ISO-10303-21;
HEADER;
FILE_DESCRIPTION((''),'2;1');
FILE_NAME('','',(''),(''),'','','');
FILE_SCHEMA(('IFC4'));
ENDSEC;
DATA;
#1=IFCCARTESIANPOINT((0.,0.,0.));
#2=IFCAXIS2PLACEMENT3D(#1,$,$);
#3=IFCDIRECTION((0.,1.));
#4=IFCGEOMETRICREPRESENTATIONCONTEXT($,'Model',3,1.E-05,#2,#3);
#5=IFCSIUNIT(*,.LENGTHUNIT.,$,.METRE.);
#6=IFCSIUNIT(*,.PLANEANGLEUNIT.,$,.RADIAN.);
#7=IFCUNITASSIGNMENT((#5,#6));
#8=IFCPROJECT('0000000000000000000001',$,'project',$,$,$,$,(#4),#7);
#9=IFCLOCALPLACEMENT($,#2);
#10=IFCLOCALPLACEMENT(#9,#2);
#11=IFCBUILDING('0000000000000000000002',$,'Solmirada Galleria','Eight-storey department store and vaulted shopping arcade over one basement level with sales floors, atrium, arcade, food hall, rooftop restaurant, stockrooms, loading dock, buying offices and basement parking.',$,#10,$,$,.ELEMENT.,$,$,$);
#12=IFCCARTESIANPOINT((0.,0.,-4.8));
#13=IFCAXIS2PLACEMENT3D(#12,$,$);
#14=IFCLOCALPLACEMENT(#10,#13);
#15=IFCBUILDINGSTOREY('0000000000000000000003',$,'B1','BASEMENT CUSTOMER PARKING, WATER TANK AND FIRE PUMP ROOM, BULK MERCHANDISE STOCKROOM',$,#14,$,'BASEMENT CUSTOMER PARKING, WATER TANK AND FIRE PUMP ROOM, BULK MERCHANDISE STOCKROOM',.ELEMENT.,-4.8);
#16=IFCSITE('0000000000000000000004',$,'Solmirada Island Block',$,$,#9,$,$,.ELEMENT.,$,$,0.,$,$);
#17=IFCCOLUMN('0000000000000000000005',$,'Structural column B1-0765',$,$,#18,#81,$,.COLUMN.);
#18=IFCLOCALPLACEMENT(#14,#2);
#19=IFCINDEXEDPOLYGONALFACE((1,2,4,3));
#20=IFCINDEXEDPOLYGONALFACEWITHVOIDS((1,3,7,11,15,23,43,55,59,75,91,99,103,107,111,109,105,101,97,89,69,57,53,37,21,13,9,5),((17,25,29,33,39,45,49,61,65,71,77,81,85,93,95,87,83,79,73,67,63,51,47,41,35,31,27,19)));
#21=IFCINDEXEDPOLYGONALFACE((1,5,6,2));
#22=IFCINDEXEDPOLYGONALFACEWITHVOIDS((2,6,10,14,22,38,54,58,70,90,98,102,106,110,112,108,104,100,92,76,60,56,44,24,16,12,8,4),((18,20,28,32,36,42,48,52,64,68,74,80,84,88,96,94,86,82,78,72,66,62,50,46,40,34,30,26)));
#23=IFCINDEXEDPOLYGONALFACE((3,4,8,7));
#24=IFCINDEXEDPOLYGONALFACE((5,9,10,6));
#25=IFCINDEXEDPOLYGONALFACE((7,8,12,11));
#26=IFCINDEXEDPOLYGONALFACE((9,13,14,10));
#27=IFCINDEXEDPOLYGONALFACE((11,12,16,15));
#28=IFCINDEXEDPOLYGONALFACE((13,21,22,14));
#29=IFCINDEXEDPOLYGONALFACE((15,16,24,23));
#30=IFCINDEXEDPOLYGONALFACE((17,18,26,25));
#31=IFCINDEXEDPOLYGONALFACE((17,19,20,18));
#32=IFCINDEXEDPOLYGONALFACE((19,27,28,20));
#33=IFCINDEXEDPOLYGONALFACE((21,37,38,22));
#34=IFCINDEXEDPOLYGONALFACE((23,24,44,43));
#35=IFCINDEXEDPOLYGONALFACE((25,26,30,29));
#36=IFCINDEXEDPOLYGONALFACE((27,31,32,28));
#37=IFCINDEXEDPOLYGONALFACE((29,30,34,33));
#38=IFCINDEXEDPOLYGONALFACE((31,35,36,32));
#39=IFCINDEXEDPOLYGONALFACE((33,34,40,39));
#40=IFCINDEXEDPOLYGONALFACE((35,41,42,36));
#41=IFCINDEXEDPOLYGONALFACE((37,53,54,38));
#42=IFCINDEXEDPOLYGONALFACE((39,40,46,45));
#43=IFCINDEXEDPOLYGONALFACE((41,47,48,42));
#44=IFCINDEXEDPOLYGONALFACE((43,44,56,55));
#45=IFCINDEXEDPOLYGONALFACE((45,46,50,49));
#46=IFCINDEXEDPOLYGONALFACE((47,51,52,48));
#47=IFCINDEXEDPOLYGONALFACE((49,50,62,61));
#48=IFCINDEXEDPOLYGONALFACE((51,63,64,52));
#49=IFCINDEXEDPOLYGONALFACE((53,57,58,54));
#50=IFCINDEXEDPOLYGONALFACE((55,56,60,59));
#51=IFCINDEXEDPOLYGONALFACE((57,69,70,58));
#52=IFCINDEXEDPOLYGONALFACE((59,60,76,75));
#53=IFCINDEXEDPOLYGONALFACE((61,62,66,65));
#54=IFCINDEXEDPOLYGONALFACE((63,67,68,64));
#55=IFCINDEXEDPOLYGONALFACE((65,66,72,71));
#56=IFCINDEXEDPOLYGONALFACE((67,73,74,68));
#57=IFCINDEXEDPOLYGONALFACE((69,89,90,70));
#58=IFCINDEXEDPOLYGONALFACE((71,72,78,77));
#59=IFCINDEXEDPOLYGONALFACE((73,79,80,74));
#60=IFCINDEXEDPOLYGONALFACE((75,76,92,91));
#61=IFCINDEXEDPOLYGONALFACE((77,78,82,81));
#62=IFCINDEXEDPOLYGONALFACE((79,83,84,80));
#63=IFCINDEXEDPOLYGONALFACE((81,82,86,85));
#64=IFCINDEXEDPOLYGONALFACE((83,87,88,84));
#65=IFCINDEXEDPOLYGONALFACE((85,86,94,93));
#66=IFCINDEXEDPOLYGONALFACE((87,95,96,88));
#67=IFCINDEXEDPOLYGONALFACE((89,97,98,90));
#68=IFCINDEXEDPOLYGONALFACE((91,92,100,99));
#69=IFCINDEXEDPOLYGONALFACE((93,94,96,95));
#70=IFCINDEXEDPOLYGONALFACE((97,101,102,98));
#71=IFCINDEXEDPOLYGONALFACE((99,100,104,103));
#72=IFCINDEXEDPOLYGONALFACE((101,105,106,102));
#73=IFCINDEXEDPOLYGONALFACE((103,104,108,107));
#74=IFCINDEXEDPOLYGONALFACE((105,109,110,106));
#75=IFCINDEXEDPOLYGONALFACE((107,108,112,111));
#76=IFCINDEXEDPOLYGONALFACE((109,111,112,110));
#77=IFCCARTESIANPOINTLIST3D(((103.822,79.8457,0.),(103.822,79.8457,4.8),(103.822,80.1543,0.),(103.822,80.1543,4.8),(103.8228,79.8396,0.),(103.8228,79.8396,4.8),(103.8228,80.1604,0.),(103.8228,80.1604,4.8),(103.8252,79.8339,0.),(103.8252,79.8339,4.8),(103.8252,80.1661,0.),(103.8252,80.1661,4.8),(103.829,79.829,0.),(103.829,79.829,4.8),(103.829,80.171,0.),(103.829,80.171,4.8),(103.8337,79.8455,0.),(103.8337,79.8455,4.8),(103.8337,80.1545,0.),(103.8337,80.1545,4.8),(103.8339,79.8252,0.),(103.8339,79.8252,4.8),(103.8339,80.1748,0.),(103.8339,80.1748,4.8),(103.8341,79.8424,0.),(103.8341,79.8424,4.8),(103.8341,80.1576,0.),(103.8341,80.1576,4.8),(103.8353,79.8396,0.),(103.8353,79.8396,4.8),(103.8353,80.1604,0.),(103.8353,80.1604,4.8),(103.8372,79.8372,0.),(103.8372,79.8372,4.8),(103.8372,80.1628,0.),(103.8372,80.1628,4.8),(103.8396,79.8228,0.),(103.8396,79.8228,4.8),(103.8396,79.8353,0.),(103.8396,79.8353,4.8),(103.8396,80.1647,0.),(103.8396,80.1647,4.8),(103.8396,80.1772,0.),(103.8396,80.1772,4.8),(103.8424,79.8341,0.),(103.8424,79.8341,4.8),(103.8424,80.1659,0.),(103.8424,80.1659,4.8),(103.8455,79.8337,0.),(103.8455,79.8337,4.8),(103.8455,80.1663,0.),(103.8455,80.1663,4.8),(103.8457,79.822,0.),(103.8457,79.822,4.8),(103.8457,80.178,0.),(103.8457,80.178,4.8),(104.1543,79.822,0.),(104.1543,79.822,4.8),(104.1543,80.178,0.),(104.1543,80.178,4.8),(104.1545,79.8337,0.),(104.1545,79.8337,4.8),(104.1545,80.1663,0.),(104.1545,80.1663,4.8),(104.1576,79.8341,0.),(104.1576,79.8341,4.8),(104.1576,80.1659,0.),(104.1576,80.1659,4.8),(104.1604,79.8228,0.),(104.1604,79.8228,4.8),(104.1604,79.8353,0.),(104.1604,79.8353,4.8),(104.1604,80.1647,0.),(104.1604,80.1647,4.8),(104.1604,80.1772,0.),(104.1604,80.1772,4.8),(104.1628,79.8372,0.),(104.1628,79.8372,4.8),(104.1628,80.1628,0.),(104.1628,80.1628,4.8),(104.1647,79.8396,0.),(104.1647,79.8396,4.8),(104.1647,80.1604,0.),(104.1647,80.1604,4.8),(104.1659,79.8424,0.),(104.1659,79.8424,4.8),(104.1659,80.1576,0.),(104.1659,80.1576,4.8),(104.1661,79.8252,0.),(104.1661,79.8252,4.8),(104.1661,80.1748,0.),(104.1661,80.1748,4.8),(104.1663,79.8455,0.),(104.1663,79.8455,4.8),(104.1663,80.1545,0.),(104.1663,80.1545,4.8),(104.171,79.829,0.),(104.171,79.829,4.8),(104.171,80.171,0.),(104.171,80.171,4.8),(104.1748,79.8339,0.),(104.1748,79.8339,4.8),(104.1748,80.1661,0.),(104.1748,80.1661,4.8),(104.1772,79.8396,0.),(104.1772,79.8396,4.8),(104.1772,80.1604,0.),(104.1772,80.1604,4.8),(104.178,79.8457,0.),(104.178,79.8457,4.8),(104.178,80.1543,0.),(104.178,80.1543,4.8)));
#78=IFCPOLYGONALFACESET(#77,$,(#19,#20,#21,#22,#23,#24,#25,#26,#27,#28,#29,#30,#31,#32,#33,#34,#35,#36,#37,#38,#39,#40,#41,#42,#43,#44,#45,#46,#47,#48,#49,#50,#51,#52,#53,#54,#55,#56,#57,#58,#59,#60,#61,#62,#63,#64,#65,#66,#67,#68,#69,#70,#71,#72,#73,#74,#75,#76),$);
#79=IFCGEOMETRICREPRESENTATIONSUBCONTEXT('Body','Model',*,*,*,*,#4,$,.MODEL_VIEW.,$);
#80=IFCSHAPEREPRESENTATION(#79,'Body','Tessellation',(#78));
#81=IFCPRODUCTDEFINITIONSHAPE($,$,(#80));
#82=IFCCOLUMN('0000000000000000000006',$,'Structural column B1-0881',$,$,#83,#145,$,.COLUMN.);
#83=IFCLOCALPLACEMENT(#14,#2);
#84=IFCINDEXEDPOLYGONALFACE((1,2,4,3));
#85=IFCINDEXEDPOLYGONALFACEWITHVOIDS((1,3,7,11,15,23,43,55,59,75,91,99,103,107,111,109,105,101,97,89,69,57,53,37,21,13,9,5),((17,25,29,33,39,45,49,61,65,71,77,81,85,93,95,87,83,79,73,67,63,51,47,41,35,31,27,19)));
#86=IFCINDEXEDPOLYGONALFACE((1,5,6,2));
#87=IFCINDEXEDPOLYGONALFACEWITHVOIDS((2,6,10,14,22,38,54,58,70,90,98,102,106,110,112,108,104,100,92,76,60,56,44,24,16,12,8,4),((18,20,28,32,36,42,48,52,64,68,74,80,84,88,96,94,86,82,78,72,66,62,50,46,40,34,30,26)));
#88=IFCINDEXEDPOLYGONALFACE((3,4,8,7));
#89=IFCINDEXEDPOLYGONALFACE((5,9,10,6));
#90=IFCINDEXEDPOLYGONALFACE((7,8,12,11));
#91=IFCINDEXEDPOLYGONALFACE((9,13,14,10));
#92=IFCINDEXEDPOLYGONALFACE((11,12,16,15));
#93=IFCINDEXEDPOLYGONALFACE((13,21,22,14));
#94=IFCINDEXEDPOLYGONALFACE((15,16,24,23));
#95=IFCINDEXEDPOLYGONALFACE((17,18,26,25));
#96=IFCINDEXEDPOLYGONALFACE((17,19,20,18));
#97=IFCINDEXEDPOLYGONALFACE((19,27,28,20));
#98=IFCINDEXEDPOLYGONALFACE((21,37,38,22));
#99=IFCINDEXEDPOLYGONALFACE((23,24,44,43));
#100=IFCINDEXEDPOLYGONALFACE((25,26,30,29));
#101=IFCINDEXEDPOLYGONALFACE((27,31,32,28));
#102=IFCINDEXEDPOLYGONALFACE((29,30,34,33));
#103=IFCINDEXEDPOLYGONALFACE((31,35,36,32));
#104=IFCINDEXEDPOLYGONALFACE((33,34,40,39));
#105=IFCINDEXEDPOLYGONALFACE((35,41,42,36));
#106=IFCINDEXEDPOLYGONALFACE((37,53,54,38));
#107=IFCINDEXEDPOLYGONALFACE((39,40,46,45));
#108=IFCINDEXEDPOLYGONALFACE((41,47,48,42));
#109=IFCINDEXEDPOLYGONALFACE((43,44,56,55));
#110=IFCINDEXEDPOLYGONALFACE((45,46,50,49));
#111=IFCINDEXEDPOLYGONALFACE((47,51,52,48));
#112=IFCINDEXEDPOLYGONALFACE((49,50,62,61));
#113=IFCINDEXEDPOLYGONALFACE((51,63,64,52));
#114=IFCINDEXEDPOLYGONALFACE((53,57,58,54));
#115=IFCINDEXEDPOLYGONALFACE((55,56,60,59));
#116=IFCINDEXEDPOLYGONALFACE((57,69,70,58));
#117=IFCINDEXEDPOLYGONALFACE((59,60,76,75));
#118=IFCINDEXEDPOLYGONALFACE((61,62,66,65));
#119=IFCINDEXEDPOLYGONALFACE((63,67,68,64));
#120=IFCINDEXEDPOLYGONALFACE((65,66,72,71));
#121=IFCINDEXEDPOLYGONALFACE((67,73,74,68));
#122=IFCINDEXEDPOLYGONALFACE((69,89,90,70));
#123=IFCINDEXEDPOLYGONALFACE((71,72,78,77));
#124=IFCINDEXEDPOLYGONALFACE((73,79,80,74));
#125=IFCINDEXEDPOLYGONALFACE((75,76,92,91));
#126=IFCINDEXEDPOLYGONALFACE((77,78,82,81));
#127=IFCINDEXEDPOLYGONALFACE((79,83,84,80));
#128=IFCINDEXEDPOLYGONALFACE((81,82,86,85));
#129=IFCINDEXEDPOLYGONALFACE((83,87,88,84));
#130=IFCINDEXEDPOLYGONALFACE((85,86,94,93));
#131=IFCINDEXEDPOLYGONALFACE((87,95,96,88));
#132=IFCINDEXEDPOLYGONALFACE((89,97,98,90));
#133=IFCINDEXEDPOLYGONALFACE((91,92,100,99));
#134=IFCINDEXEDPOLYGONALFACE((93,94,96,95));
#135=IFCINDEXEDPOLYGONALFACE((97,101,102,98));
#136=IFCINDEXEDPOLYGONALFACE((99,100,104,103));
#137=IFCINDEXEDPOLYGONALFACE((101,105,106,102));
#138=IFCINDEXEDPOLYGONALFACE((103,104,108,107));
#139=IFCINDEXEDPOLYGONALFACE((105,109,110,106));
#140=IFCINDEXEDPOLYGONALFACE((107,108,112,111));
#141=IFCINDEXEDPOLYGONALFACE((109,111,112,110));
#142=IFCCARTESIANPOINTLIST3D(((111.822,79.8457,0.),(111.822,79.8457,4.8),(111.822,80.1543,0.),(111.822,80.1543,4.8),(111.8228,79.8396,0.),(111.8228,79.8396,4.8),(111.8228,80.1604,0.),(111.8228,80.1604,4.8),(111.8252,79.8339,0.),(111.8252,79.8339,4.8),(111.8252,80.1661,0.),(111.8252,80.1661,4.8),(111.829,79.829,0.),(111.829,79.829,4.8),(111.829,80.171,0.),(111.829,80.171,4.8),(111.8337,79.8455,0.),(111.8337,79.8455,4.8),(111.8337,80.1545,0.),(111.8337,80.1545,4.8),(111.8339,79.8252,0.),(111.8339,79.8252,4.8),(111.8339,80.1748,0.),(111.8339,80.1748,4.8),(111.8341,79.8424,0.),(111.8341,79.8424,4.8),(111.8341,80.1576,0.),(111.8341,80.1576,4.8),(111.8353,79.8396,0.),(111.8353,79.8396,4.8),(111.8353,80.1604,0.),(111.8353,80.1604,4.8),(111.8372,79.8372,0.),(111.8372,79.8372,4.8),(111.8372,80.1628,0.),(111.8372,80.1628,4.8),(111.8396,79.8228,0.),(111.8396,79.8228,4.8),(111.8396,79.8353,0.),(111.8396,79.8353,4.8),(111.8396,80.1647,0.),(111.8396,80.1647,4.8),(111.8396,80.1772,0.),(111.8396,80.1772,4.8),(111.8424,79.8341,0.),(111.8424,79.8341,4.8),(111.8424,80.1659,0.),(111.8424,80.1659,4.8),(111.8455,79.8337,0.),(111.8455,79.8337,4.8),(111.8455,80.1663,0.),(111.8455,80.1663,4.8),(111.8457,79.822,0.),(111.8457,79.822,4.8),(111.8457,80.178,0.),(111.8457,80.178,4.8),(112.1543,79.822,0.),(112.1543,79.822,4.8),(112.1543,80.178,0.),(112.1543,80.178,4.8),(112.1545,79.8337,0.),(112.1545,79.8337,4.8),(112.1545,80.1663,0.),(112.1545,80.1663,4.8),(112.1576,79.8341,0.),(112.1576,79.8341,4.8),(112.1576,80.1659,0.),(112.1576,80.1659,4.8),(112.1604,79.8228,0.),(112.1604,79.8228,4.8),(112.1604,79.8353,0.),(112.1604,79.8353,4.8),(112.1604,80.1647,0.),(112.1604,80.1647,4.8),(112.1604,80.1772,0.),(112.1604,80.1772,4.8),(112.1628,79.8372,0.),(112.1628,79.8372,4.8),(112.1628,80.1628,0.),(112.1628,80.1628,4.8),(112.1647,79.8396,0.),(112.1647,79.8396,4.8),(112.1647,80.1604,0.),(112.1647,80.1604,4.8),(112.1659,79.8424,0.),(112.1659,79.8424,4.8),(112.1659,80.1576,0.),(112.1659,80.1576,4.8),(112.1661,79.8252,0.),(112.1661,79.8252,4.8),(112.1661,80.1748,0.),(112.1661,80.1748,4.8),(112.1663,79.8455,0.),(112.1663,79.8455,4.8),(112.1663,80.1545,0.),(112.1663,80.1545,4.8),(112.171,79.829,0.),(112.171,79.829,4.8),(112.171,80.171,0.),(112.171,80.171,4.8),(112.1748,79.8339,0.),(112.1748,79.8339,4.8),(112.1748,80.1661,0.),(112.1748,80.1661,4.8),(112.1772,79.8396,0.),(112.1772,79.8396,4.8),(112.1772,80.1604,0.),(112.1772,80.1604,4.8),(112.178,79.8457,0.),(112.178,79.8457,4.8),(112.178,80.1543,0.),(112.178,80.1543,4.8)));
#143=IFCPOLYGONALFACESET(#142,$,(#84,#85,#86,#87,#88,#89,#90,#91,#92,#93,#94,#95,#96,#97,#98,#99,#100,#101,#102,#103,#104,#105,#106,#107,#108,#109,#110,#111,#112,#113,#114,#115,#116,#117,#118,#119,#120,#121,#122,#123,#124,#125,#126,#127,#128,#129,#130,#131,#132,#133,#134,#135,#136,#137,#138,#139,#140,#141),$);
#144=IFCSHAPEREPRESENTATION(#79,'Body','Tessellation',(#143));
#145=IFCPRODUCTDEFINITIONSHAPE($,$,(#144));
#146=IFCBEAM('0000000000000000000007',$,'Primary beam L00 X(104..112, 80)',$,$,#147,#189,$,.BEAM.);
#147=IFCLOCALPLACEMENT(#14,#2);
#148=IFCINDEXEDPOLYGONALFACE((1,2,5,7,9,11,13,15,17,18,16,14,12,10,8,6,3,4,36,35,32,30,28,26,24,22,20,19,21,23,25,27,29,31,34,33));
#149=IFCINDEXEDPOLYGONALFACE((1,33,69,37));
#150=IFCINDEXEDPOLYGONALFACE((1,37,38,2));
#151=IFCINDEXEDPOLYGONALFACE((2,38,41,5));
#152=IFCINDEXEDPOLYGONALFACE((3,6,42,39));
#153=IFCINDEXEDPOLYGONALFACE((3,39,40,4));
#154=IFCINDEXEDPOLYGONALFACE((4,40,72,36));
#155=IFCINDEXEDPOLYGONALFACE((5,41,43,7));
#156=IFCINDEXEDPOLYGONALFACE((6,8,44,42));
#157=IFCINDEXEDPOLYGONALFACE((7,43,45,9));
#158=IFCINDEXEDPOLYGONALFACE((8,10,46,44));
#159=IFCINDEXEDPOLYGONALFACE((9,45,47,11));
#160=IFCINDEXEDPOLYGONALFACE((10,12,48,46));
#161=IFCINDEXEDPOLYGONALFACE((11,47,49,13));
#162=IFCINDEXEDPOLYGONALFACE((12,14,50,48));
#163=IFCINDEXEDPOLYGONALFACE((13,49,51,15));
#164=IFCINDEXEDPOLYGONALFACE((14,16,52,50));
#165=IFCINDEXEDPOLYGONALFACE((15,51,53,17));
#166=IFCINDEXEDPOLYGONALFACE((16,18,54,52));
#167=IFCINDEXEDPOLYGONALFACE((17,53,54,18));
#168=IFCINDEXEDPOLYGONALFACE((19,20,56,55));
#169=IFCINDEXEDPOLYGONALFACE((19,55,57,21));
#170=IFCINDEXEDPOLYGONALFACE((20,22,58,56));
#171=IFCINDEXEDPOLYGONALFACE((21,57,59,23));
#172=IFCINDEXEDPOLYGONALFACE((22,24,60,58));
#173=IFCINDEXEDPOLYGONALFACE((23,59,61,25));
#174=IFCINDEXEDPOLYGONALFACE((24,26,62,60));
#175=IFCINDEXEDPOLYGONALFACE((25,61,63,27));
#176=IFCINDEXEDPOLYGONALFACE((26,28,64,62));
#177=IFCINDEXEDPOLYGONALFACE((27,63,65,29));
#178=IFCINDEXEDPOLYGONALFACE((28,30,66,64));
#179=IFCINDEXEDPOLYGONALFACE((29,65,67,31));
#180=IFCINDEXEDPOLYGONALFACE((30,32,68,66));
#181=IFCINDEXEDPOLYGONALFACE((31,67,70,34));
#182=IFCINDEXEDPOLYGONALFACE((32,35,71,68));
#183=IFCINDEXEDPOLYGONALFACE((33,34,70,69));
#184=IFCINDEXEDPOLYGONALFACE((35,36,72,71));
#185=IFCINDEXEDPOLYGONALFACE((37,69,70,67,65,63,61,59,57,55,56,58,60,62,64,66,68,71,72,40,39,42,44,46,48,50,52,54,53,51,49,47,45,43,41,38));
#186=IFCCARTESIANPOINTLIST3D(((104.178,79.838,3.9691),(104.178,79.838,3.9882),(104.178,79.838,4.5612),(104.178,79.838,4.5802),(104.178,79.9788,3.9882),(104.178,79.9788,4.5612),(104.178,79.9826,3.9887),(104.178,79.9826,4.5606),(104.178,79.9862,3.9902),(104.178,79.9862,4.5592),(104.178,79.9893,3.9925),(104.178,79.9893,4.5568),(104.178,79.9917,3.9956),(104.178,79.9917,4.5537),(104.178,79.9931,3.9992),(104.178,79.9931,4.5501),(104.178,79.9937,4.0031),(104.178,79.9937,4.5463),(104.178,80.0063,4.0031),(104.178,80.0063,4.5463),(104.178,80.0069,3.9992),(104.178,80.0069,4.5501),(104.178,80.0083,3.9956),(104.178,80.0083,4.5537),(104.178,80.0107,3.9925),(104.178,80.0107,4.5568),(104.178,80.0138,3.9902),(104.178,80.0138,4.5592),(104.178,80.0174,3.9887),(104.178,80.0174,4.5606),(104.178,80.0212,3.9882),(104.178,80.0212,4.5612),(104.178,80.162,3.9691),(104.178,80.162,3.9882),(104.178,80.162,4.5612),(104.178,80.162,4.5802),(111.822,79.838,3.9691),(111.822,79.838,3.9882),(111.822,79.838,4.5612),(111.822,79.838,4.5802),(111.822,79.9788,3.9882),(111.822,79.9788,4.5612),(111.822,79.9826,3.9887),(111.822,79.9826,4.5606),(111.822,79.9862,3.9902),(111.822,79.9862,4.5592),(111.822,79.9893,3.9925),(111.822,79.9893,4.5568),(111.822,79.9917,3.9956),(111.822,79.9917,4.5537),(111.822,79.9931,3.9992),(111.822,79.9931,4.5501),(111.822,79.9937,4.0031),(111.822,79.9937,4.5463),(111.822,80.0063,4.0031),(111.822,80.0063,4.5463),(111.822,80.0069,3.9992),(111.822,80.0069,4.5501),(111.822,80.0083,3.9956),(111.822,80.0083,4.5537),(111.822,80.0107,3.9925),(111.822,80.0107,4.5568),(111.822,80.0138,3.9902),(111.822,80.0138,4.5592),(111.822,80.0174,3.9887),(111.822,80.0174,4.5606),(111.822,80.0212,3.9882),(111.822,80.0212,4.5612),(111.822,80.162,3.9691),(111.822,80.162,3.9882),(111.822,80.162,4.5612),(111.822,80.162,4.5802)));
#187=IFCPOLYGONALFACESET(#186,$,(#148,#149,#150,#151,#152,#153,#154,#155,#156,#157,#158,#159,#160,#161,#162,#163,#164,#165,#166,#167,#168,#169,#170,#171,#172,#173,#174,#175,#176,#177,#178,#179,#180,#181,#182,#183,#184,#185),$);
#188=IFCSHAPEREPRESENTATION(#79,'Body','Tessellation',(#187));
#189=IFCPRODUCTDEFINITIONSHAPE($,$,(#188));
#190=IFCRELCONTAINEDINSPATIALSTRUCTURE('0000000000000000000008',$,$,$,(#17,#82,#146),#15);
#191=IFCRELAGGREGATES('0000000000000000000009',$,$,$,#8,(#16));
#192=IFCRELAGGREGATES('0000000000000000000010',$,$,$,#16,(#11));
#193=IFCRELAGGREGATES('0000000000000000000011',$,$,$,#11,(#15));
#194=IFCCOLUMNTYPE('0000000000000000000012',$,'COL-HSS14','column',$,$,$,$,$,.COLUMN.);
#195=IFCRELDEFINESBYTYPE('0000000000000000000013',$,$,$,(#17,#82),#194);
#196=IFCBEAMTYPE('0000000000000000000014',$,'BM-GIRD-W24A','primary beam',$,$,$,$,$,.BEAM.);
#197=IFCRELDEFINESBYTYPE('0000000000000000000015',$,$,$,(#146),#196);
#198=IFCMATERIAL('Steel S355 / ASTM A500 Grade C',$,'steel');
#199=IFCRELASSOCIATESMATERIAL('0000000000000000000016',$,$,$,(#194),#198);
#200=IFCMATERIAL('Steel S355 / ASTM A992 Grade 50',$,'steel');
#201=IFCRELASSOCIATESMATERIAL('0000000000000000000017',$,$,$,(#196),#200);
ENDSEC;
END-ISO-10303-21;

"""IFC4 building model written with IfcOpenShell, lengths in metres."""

from ifc_helpers import new_model, si_unit, direction, frame, origin, origin_2d, place, context, subcontext, project, spatial, hollow_rectangle, i_section, extrude, material, material_profile, profile_set, type_object, element, save


model = new_model("IFC4")

# Units and contexts
model_context = context("Model", 3, precision=1e-05, world=origin(), true_north=direction((0.0, 1.0)))
body_context = subcontext(model_context, "Body", "Model", "MODEL_VIEW")
ifc_project = project(units=[si_unit("LENGTHUNIT", "METRE"), si_unit("PLANEANGLEUNIT", "RADIAN")], contexts=[model_context])

# Site, building, storey
site_placement = place(None, origin())
site = spatial("IfcSite", under=ifc_project, at=site_placement, Name="Solmirada Island Block", CompositionType="ELEMENT", RefElevation=0.0)
building_placement = place(site_placement, origin())
building = spatial("IfcBuilding", under=site, at=building_placement, Name="Solmirada Galleria", Description="Eight-storey department store and vaulted shopping arcade over one basement level with sales floors, atrium, arcade, food hall, rooftop restaurant, stockrooms, loading dock, buying offices and basement parking.", CompositionType="ELEMENT")
storey_placement = place(building_placement, frame((0.0, 0.0, -4.8)))
storey = spatial("IfcBuildingStorey", under=building, at=storey_placement, Name="B1", Description="BASEMENT CUSTOMER PARKING, WATER TANK AND FIRE PUMP ROOM, BULK MERCHANDISE STOCKROOM", LongName="BASEMENT CUSTOMER PARKING, WATER TANK AND FIRE PUMP ROOM, BULK MERCHANDISE STOCKROOM", CompositionType="ELEMENT", Elevation=-4.8)

# Columns
ifc_material_1 = material(Name="Steel S355 / ASTM A500 Grade C", Category="steel")
ifc_material_profile_1 = material_profile(ifc_material_1, hollow_rectangle(XDim=0.356, YDim=0.356, WallThickness=0.0117, InnerFilletRadius=0.0117, OuterFilletRadius=0.0237, at=origin_2d()), Name="HSS14X14X1/2")
ifc_profile_set_1 = profile_set([ifc_material_profile_1], Name="Steel S355 / ASTM A500 Grade C")
column_type = type_object("IfcColumnType", Name="COL-HSS14", Description="column", PredefinedType="COLUMN", material=ifc_profile_set_1)
for number, where, z_axis, x_axis, name in (
    (1, (104.0, 80.0, 0.0), (0.0, 0.0, 1.0), (1.0, 0.0, 0.0), "Structural column B1-0765"),
    (2, (112.0, 80.0, 0.0), (0.0, 0.0, 1.0), (1.0, 0.0, 0.0), "Structural column B1-0881"),
):
    element("IfcColumn", number, at=place(storey_placement, frame(where, z_axis=z_axis, x_axis=x_axis)), inside=storey, type_object=column_type, Name=name, PredefinedType="COLUMN", context=body_context, shape_type="SweptSolid", body=[
        extrude(hollow_rectangle(XDim=0.356, YDim=0.356, WallThickness=0.0117, InnerFilletRadius=0.0117, OuterFilletRadius=0.0237, at=origin_2d()), origin(), (0.0, 0.0, 1.0), 4.8),
    ])

# Beam
ifc_material_2 = material(Name="Steel S355 / ASTM A992 Grade 50", Category="steel")
ifc_material_profile_2 = material_profile(ifc_material_2, i_section(OverallWidth=0.324, OverallDepth=0.6111, WebThickness=0.0127, FlangeThickness=0.019, FilletRadius=0.0149, at=origin_2d()), Name="W24X104")
ifc_profile_set_2 = profile_set([ifc_material_profile_2], Name="Steel S355 / ASTM A992 Grade 50")
beam_type_1 = type_object("IfcBeamType", Name="BM-GIRD-W24A", Description="primary beam", PredefinedType="BEAM", material=ifc_profile_set_2)
beam_1_placement = place(storey_placement, frame((104.178, 80.0, 4.2747), z_axis=(1.0, 0.0, 0.0), x_axis=(0.0, 1.0, 0.0)))
element("IfcBeam", 3, at=beam_1_placement, inside=storey, type_object=beam_type_1, Name="Primary beam L00 X(104..112, 80)", PredefinedType="BEAM", context=body_context, shape_type="SweptSolid", body=[
    extrude(i_section(OverallWidth=0.324, OverallDepth=0.6111, WebThickness=0.0127, FlangeThickness=0.019, FilletRadius=0.0149, at=origin_2d()), origin(), (0.0, 0.0, 1.0), 7.644),
])

save(model, "model.ifc")
